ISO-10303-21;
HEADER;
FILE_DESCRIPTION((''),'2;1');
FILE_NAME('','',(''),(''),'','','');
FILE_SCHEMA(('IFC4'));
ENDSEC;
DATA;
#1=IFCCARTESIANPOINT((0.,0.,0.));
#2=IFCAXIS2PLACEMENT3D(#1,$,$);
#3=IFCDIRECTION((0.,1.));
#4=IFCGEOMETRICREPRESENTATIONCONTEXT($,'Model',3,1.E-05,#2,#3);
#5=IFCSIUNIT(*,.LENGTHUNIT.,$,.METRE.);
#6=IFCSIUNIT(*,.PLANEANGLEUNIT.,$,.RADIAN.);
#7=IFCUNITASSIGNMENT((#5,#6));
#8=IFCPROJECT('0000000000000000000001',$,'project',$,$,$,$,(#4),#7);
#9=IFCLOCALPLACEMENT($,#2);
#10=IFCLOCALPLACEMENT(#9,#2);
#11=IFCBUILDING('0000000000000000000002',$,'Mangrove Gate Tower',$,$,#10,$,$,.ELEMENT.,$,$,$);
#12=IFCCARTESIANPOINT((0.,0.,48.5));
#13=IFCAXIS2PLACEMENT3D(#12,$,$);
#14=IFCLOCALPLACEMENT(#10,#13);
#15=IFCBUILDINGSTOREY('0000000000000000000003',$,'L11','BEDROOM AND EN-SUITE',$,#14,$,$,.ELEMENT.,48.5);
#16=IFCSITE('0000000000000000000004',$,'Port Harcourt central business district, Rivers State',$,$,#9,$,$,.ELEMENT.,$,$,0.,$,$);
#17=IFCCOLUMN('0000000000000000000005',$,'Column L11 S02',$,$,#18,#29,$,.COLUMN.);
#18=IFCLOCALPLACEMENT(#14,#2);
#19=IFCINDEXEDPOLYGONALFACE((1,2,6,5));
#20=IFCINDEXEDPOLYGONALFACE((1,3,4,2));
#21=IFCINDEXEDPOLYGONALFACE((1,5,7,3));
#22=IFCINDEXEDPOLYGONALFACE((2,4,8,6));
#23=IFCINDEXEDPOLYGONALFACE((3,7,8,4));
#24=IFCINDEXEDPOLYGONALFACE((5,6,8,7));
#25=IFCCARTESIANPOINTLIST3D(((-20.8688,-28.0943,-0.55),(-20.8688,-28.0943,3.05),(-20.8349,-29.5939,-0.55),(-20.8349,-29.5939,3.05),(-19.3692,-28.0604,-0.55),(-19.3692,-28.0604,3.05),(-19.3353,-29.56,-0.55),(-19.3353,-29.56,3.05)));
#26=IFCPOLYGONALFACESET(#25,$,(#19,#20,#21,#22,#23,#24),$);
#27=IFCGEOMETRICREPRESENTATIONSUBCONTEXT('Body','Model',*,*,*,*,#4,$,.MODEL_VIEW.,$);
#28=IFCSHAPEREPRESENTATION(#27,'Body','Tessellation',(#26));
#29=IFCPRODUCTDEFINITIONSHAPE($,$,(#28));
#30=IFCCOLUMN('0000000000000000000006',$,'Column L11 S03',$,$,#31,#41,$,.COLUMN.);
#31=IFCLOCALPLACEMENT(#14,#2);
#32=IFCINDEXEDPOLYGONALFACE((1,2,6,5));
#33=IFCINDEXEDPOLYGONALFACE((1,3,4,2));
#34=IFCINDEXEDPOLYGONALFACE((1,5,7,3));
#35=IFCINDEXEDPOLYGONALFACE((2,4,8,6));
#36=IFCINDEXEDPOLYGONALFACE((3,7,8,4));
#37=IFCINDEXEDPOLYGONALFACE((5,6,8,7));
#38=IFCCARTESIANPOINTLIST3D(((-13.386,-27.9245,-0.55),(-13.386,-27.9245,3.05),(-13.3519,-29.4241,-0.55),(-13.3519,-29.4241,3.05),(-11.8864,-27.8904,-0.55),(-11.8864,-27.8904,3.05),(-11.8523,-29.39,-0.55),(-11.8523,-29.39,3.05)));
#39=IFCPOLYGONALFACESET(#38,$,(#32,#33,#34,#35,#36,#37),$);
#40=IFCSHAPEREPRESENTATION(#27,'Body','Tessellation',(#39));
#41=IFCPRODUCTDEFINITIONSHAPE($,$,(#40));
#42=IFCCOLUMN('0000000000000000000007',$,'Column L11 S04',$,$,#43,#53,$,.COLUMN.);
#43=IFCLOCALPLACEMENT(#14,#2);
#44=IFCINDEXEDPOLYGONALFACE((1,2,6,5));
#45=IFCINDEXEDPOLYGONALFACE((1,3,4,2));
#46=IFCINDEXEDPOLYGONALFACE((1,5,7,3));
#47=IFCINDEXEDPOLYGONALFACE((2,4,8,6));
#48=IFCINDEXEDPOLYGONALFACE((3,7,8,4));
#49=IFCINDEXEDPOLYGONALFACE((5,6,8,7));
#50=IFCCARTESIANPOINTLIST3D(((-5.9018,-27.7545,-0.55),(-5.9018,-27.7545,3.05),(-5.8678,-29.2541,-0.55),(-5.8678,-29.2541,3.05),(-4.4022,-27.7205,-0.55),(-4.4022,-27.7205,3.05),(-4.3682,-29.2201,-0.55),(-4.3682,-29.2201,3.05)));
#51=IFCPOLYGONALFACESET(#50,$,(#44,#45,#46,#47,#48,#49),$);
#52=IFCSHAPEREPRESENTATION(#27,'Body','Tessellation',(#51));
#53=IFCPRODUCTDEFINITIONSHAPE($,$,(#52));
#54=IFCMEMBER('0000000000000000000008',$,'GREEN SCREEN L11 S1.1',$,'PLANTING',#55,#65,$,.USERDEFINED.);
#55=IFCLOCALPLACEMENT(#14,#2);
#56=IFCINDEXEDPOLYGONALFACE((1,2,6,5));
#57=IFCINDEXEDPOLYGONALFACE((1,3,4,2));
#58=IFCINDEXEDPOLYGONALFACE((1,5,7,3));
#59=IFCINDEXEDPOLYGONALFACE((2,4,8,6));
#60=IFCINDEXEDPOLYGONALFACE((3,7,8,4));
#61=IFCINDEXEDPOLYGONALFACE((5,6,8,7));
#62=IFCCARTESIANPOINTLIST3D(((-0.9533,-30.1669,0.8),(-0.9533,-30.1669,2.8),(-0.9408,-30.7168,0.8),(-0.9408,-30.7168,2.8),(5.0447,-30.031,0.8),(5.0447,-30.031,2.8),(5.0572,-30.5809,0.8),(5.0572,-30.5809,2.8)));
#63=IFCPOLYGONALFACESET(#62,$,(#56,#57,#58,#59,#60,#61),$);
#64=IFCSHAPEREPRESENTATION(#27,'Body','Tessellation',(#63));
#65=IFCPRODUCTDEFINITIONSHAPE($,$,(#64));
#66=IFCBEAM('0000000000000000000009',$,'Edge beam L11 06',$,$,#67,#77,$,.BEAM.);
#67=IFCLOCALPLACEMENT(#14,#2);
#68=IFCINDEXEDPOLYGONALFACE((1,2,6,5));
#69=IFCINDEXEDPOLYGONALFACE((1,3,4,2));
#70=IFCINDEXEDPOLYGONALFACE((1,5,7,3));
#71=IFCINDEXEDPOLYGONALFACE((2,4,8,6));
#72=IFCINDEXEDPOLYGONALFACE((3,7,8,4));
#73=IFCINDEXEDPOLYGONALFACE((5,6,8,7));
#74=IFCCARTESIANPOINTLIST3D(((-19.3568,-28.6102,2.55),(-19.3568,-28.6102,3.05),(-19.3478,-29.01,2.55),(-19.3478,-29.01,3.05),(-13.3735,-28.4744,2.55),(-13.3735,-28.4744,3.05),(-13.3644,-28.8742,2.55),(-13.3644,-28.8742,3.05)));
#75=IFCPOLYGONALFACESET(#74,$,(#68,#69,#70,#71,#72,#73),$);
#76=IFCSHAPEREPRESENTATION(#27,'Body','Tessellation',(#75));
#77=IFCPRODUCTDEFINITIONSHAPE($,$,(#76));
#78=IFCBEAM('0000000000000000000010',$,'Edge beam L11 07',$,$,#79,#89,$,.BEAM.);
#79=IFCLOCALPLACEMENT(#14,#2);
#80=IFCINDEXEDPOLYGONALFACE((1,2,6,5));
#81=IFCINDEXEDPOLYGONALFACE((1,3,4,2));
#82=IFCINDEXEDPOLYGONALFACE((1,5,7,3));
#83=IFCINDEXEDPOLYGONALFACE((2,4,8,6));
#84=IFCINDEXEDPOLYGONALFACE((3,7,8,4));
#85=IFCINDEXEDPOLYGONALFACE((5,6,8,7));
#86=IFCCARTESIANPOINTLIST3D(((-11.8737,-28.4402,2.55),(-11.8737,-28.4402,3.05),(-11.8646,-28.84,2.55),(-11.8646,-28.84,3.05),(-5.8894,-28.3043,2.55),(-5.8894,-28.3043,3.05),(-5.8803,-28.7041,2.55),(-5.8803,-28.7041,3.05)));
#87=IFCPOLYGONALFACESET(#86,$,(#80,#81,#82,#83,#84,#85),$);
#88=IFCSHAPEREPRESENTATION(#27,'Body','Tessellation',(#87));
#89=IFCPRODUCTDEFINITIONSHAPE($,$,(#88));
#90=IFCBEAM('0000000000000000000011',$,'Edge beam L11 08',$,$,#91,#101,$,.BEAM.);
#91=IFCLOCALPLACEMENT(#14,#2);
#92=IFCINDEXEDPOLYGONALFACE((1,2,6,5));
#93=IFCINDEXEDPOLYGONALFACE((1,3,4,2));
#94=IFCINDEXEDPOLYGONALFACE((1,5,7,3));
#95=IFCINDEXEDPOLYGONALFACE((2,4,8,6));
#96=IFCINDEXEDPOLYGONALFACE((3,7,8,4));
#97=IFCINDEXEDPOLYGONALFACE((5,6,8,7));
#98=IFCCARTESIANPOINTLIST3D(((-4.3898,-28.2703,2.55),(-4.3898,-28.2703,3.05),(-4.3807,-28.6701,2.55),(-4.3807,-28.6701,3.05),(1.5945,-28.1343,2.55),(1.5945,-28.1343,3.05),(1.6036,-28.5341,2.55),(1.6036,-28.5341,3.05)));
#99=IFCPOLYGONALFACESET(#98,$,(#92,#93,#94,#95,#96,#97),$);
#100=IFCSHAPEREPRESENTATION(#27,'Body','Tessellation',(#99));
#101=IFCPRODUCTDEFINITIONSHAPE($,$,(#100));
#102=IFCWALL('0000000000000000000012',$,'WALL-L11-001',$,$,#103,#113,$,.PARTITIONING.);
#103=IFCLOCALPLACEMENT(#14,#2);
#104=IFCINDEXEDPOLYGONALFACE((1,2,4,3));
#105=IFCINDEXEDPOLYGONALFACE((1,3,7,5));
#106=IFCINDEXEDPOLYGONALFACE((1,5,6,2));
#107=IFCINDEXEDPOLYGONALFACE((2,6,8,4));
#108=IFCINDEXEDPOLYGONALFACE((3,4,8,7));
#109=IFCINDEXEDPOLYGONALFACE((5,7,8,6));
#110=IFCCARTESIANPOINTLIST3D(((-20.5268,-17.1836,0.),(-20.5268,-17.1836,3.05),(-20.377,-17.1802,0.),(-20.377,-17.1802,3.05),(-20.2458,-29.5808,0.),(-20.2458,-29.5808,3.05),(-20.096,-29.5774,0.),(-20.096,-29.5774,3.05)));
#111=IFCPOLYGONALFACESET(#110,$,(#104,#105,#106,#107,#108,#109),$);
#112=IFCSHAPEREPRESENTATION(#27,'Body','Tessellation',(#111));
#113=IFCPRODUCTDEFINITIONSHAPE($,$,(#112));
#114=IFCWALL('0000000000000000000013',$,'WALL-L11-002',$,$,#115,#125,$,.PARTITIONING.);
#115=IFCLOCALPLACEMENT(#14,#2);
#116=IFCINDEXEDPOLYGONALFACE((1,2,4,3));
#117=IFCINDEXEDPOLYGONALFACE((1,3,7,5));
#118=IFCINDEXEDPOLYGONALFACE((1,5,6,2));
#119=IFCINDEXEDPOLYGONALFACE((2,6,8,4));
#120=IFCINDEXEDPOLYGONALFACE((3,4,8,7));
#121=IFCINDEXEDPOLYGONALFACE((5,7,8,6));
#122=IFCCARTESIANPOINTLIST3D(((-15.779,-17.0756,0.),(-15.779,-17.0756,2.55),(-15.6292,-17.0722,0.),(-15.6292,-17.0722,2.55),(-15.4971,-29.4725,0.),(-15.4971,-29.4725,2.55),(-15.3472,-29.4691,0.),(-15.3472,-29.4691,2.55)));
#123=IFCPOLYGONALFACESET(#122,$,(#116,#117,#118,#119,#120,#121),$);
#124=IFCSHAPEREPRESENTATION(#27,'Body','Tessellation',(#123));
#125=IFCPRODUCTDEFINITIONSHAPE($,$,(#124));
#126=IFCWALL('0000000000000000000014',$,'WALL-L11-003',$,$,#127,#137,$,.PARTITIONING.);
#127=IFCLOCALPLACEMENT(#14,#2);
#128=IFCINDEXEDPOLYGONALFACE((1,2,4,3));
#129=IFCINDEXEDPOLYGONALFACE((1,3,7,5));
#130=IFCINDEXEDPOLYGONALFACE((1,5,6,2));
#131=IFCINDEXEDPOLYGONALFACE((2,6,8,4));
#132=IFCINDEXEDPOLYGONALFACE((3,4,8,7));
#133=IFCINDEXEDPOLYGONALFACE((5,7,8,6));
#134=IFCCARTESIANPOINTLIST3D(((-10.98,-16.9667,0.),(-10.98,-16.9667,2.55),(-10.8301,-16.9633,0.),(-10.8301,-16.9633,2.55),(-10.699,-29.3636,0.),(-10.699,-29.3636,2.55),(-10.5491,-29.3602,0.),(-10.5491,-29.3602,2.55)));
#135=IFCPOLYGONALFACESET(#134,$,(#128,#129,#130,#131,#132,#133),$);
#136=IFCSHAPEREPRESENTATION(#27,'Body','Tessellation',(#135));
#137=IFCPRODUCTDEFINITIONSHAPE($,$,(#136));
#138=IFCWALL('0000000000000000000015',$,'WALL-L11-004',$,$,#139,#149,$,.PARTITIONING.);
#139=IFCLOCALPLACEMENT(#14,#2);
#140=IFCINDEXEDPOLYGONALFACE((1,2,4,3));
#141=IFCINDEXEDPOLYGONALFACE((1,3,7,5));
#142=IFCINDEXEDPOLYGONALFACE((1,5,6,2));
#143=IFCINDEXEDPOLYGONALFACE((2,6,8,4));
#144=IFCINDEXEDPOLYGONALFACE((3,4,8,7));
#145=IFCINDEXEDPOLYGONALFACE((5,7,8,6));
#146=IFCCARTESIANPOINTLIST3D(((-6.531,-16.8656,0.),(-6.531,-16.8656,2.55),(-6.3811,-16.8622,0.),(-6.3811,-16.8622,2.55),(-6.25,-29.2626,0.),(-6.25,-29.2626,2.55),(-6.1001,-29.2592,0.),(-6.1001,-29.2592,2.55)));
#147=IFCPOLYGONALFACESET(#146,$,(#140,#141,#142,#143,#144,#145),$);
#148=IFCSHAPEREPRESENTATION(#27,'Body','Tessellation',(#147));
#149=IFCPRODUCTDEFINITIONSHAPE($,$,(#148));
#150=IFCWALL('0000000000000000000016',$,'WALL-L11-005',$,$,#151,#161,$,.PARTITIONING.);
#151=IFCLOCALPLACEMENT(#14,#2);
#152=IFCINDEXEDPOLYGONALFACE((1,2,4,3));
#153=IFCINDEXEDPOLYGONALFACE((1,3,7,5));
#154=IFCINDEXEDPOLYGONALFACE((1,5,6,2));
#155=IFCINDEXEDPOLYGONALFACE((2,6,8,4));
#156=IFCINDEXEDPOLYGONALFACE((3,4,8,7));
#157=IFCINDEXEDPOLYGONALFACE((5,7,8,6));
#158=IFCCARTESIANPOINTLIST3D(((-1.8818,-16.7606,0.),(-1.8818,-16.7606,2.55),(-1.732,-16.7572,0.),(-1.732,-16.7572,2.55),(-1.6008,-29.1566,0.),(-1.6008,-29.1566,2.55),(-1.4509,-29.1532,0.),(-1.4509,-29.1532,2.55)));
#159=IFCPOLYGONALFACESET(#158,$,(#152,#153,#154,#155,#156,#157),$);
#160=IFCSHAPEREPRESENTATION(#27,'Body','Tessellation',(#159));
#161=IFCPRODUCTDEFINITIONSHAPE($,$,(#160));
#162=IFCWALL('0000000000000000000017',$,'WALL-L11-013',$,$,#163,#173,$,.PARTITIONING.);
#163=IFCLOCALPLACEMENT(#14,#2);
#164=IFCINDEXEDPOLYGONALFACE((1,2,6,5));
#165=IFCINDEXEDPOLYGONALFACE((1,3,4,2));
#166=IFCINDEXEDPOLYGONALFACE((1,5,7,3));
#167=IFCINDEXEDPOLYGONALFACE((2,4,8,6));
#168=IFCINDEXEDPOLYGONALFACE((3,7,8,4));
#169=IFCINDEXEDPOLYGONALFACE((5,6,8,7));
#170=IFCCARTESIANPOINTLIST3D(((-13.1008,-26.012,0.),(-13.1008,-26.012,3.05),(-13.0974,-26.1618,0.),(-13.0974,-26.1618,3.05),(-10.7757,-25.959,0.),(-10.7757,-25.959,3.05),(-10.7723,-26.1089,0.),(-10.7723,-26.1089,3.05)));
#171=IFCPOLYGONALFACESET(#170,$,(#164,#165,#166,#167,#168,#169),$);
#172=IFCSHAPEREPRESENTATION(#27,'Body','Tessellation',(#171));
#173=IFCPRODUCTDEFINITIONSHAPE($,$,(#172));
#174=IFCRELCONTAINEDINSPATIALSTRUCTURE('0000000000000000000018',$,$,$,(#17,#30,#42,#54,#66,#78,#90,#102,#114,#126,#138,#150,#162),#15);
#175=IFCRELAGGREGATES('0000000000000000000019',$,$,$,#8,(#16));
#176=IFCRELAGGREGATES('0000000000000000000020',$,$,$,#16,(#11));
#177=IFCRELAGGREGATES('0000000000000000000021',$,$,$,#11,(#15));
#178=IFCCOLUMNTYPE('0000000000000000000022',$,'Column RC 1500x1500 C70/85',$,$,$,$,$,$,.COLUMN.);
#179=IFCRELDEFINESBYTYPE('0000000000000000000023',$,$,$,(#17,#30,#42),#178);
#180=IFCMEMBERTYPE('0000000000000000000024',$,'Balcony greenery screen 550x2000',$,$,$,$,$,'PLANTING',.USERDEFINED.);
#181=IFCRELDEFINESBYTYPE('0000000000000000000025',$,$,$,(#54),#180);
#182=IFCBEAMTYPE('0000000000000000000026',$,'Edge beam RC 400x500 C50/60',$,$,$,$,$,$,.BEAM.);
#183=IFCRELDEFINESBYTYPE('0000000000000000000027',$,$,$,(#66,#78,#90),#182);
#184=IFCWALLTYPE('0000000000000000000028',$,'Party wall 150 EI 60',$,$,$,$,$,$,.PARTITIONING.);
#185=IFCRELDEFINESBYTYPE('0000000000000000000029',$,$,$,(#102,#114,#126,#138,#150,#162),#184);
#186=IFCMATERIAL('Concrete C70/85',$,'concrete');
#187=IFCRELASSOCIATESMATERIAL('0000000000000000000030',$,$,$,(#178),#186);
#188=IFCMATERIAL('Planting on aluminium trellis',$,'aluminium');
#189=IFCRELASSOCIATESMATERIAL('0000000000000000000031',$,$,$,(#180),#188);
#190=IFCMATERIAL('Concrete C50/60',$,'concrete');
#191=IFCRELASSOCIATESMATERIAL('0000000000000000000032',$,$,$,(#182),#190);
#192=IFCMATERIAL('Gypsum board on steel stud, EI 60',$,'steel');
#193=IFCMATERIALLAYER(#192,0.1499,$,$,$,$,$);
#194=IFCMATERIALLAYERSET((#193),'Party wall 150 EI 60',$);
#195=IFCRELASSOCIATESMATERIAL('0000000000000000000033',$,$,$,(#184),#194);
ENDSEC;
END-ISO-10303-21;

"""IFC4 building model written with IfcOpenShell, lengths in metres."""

from ifc_helpers import new_model, si_unit, direction, frame, frame_2d, origin, origin_2d, place, context, subcontext, project, spatial, rectangle, extrude, material, layer, layer_set, material_profile, profile_set, type_object, element, save


model = new_model("IFC4")

# Units and contexts
model_context = context("Model", 3, precision=1e-05, world=origin(), true_north=direction((0.0, 1.0)))
body_context = subcontext(model_context, "Body", "Model", "MODEL_VIEW")
ifc_project = project(units=[si_unit("LENGTHUNIT", "METRE"), si_unit("PLANEANGLEUNIT", "RADIAN")], contexts=[model_context])

# Site, building, storey
site_placement = place(None, origin())
site = spatial("IfcSite", under=ifc_project, at=site_placement, Name="Port Harcourt central business district, Rivers State", CompositionType="ELEMENT", RefElevation=0.0)
building_placement = place(site_placement, origin())
building = spatial("IfcBuilding", under=site, at=building_placement, Name="Mangrove Gate Tower", CompositionType="ELEMENT")
storey_placement = place(building_placement, frame((0.0, 0.0, 48.5)))
storey = spatial("IfcBuildingStorey", under=building, at=storey_placement, Name="L11", Description="BEDROOM AND EN-SUITE", CompositionType="ELEMENT", Elevation=48.5)

# Columns
ifc_material_1 = material(Name="Concrete C70/85", Category="concrete")
ifc_material_profile_1 = material_profile(ifc_material_1, rectangle(XDim=1.5, YDim=1.5, at=origin_2d()))
ifc_profile_set_1 = profile_set([ifc_material_profile_1], Name="Concrete C70/85")
column_type = type_object("IfcColumnType", Name="Column RC 1500x1500 C70/85", PredefinedType="COLUMN", material=ifc_profile_set_1)
for number, where, z_axis, x_axis, name in (
    (1, (-20.1021, -28.8271, -0.55), (0.0, 0.0, 1.0), (0.999744, 0.022644, 0.0), "Column L11 S02"),
    (2, (-12.6191, -28.6572, -0.55), (0.0, 0.0, 1.0), (0.999742, 0.022711, 0.0), "Column L11 S03"),
    (3, (-5.135, -28.4873, -0.55), (0.0, 0.0, 1.0), (0.999742, 0.022709, 0.0), "Column L11 S04"),
):
    element("IfcColumn", number, at=place(storey_placement, frame(where, z_axis=z_axis, x_axis=x_axis)), inside=storey, type_object=column_type, Name=name, PredefinedType="COLUMN", context=body_context, shape_type="SweptSolid", body=[
        extrude(rectangle(XDim=1.5, YDim=1.5, at=origin_2d()), origin(), (0.0, 0.0, 1.0), 3.6001),
    ])

# Member
ifc_material_2 = material(Name="Planting on aluminium trellis", Category="aluminium")
ifc_material_profile_2 = material_profile(ifc_material_2, rectangle(XDim=0.55, YDim=2.0, at=origin_2d()))
ifc_profile_set_2 = profile_set([ifc_material_profile_2], Name="Planting on aluminium trellis")
member_type = type_object("IfcMemberType", Name="Balcony greenery screen 550x2000", ElementType="PLANTING", PredefinedType="USERDEFINED", material=ifc_profile_set_2)
member_placement = place(storey_placement, frame((-0.947, -30.4419, 1.8), z_axis=(0.999743, 0.022666, 0.0), x_axis=(-0.022666, 0.999743, 0.0)))
element("IfcMember", 4, at=member_placement, inside=storey, type_object=member_type, Name="GREEN SCREEN L11 S1.1", ObjectType="PLANTING", PredefinedType="USERDEFINED", context=body_context, shape_type="SweptSolid", body=[
    extrude(rectangle(XDim=0.55, YDim=2.0, at=origin_2d()), origin(), (0.0, 0.0, 1.0), 5.9995),
])

# Beams
ifc_material_3 = material(Name="Concrete C50/60", Category="concrete")
ifc_material_profile_3 = material_profile(ifc_material_3, rectangle(XDim=0.3999, YDim=0.5, at=origin_2d()))
ifc_profile_set_3 = profile_set([ifc_material_profile_3], Name="Concrete C50/60")
beam_type = type_object("IfcBeamType", Name="Edge beam RC 400x500 C50/60", PredefinedType="BEAM", material=ifc_profile_set_3)
beam_placement = place(storey_placement, frame((-19.3523, -28.8101, 2.8), z_axis=(0.999743, 0.022681, 0.0), x_axis=(-0.022681, 0.999743, 0.0)))
element("IfcBeam", 5, at=beam_placement, inside=storey, type_object=beam_type, Name="Edge beam L11 06", PredefinedType="BEAM", context=body_context, shape_type="SweptSolid", body=[
    extrude(rectangle(XDim=0.3999, YDim=0.5, at=origin_2d()), origin(), (0.0, 0.0, 1.0), 5.9849),
])
for number, where, z_axis, x_axis, name in (
    (6, (-11.8691, -28.6401, 2.8), (0.999742, 0.022718, 0.0), (-0.022718, 0.999742, 0.0), "Edge beam L11 07"),
    (7, (-4.3853, -28.4702, 2.8), (0.999742, 0.022718, 0.0), (-0.022718, 0.999742, 0.0), "Edge beam L11 08"),
):
    element("IfcBeam", number, at=place(storey_placement, frame(where, z_axis=z_axis, x_axis=x_axis)), inside=storey, type_object=beam_type, Name=name, PredefinedType="BEAM", context=body_context, shape_type="SweptSolid", body=[
        extrude(rectangle(XDim=0.3999, YDim=0.5, at=origin_2d()), origin(), (0.0, 0.0, 1.0), 5.9858),
    ])

# Walls
ifc_material_4 = material(Name="Gypsum board on steel stud, EI 60", Category="steel")
ifc_layer_1 = layer(ifc_material_4, 0.1499)
ifc_layer_set_1 = layer_set([ifc_layer_1], Name="Party wall 150 EI 60")
wall_type_1 = type_object("IfcWallType", Name="Party wall 150 EI 60", PredefinedType="PARTITIONING", material=ifc_layer_set_1)
wall_1_placement = place(storey_placement, frame((-20.1709, -29.5791, 0.0), z_axis=(0.0, 0.0, 1.0), x_axis=(-0.022661, 0.999743, 0.0)))
element("IfcWall", 8, at=wall_1_placement, inside=storey, type_object=wall_type_1, Name="WALL-L11-001", PredefinedType="PARTITIONING", context=body_context, shape_type="SweptSolid", body=[
    extrude(rectangle(XDim=12.4004, YDim=0.1499, at=frame_2d((6.2002, 0.0))), origin(), (0.0, 0.0, 1.0), 3.05),
])
for number, where, z_axis, x_axis, name in (
    (9, (-15.4221, -29.4709, 0.0), (0.0, 0.0, 1.0), (-0.02274, 0.999741, 0.0), "WALL-L11-002"),
    (10, (-10.624, -29.3621, 0.0), (0.0, 0.0, 1.0), (-0.022661, 0.999743, 0.0), "WALL-L11-003"),
    (11, (-6.175, -29.261, 0.0), (0.0, 0.0, 1.0), (-0.022661, 0.999743, 0.0), "WALL-L11-004"),
):
    element("IfcWall", number, at=place(storey_placement, frame(where, z_axis=z_axis, x_axis=x_axis)), inside=storey, type_object=wall_type_1, Name=name, PredefinedType="PARTITIONING", context=body_context, shape_type="SweptSolid", body=[
        extrude(rectangle(XDim=12.4001, YDim=0.1499, at=frame_2d((6.2002, 0.0))), origin(), (0.0, 0.0, 1.0), 2.55),
    ])
wall_2_placement = place(storey_placement, frame((-1.5259, -29.155, 0.0), z_axis=(0.0, 0.0, 1.0), x_axis=(-0.022663, 0.999743, 0.0)))
element("IfcWall", 12, at=wall_2_placement, inside=storey, type_object=wall_type_1, Name="WALL-L11-005", PredefinedType="PARTITIONING", context=body_context, shape_type="SweptSolid", body=[
    extrude(rectangle(XDim=12.3992, YDim=0.1499, at=frame_2d((6.1997, 0.0))), origin(), (0.0, 0.0, 1.0), 2.55),
])
wall_3_placement = place(storey_placement, frame((-13.0991, -26.0869, 0.0), z_axis=(0.0, 0.0, 1.0), x_axis=(0.999741, 0.022779, 0.0)))
element("IfcWall", 13, at=wall_3_placement, inside=storey, type_object=wall_type_1, Name="WALL-L11-013", PredefinedType="PARTITIONING", context=body_context, shape_type="SweptSolid", body=[
    extrude(rectangle(XDim=2.3257, YDim=0.1499, at=frame_2d((1.1628, 0.0))), origin(), (0.0, 0.0, 1.0), 3.05),
])

save(model, "model.ifc")
